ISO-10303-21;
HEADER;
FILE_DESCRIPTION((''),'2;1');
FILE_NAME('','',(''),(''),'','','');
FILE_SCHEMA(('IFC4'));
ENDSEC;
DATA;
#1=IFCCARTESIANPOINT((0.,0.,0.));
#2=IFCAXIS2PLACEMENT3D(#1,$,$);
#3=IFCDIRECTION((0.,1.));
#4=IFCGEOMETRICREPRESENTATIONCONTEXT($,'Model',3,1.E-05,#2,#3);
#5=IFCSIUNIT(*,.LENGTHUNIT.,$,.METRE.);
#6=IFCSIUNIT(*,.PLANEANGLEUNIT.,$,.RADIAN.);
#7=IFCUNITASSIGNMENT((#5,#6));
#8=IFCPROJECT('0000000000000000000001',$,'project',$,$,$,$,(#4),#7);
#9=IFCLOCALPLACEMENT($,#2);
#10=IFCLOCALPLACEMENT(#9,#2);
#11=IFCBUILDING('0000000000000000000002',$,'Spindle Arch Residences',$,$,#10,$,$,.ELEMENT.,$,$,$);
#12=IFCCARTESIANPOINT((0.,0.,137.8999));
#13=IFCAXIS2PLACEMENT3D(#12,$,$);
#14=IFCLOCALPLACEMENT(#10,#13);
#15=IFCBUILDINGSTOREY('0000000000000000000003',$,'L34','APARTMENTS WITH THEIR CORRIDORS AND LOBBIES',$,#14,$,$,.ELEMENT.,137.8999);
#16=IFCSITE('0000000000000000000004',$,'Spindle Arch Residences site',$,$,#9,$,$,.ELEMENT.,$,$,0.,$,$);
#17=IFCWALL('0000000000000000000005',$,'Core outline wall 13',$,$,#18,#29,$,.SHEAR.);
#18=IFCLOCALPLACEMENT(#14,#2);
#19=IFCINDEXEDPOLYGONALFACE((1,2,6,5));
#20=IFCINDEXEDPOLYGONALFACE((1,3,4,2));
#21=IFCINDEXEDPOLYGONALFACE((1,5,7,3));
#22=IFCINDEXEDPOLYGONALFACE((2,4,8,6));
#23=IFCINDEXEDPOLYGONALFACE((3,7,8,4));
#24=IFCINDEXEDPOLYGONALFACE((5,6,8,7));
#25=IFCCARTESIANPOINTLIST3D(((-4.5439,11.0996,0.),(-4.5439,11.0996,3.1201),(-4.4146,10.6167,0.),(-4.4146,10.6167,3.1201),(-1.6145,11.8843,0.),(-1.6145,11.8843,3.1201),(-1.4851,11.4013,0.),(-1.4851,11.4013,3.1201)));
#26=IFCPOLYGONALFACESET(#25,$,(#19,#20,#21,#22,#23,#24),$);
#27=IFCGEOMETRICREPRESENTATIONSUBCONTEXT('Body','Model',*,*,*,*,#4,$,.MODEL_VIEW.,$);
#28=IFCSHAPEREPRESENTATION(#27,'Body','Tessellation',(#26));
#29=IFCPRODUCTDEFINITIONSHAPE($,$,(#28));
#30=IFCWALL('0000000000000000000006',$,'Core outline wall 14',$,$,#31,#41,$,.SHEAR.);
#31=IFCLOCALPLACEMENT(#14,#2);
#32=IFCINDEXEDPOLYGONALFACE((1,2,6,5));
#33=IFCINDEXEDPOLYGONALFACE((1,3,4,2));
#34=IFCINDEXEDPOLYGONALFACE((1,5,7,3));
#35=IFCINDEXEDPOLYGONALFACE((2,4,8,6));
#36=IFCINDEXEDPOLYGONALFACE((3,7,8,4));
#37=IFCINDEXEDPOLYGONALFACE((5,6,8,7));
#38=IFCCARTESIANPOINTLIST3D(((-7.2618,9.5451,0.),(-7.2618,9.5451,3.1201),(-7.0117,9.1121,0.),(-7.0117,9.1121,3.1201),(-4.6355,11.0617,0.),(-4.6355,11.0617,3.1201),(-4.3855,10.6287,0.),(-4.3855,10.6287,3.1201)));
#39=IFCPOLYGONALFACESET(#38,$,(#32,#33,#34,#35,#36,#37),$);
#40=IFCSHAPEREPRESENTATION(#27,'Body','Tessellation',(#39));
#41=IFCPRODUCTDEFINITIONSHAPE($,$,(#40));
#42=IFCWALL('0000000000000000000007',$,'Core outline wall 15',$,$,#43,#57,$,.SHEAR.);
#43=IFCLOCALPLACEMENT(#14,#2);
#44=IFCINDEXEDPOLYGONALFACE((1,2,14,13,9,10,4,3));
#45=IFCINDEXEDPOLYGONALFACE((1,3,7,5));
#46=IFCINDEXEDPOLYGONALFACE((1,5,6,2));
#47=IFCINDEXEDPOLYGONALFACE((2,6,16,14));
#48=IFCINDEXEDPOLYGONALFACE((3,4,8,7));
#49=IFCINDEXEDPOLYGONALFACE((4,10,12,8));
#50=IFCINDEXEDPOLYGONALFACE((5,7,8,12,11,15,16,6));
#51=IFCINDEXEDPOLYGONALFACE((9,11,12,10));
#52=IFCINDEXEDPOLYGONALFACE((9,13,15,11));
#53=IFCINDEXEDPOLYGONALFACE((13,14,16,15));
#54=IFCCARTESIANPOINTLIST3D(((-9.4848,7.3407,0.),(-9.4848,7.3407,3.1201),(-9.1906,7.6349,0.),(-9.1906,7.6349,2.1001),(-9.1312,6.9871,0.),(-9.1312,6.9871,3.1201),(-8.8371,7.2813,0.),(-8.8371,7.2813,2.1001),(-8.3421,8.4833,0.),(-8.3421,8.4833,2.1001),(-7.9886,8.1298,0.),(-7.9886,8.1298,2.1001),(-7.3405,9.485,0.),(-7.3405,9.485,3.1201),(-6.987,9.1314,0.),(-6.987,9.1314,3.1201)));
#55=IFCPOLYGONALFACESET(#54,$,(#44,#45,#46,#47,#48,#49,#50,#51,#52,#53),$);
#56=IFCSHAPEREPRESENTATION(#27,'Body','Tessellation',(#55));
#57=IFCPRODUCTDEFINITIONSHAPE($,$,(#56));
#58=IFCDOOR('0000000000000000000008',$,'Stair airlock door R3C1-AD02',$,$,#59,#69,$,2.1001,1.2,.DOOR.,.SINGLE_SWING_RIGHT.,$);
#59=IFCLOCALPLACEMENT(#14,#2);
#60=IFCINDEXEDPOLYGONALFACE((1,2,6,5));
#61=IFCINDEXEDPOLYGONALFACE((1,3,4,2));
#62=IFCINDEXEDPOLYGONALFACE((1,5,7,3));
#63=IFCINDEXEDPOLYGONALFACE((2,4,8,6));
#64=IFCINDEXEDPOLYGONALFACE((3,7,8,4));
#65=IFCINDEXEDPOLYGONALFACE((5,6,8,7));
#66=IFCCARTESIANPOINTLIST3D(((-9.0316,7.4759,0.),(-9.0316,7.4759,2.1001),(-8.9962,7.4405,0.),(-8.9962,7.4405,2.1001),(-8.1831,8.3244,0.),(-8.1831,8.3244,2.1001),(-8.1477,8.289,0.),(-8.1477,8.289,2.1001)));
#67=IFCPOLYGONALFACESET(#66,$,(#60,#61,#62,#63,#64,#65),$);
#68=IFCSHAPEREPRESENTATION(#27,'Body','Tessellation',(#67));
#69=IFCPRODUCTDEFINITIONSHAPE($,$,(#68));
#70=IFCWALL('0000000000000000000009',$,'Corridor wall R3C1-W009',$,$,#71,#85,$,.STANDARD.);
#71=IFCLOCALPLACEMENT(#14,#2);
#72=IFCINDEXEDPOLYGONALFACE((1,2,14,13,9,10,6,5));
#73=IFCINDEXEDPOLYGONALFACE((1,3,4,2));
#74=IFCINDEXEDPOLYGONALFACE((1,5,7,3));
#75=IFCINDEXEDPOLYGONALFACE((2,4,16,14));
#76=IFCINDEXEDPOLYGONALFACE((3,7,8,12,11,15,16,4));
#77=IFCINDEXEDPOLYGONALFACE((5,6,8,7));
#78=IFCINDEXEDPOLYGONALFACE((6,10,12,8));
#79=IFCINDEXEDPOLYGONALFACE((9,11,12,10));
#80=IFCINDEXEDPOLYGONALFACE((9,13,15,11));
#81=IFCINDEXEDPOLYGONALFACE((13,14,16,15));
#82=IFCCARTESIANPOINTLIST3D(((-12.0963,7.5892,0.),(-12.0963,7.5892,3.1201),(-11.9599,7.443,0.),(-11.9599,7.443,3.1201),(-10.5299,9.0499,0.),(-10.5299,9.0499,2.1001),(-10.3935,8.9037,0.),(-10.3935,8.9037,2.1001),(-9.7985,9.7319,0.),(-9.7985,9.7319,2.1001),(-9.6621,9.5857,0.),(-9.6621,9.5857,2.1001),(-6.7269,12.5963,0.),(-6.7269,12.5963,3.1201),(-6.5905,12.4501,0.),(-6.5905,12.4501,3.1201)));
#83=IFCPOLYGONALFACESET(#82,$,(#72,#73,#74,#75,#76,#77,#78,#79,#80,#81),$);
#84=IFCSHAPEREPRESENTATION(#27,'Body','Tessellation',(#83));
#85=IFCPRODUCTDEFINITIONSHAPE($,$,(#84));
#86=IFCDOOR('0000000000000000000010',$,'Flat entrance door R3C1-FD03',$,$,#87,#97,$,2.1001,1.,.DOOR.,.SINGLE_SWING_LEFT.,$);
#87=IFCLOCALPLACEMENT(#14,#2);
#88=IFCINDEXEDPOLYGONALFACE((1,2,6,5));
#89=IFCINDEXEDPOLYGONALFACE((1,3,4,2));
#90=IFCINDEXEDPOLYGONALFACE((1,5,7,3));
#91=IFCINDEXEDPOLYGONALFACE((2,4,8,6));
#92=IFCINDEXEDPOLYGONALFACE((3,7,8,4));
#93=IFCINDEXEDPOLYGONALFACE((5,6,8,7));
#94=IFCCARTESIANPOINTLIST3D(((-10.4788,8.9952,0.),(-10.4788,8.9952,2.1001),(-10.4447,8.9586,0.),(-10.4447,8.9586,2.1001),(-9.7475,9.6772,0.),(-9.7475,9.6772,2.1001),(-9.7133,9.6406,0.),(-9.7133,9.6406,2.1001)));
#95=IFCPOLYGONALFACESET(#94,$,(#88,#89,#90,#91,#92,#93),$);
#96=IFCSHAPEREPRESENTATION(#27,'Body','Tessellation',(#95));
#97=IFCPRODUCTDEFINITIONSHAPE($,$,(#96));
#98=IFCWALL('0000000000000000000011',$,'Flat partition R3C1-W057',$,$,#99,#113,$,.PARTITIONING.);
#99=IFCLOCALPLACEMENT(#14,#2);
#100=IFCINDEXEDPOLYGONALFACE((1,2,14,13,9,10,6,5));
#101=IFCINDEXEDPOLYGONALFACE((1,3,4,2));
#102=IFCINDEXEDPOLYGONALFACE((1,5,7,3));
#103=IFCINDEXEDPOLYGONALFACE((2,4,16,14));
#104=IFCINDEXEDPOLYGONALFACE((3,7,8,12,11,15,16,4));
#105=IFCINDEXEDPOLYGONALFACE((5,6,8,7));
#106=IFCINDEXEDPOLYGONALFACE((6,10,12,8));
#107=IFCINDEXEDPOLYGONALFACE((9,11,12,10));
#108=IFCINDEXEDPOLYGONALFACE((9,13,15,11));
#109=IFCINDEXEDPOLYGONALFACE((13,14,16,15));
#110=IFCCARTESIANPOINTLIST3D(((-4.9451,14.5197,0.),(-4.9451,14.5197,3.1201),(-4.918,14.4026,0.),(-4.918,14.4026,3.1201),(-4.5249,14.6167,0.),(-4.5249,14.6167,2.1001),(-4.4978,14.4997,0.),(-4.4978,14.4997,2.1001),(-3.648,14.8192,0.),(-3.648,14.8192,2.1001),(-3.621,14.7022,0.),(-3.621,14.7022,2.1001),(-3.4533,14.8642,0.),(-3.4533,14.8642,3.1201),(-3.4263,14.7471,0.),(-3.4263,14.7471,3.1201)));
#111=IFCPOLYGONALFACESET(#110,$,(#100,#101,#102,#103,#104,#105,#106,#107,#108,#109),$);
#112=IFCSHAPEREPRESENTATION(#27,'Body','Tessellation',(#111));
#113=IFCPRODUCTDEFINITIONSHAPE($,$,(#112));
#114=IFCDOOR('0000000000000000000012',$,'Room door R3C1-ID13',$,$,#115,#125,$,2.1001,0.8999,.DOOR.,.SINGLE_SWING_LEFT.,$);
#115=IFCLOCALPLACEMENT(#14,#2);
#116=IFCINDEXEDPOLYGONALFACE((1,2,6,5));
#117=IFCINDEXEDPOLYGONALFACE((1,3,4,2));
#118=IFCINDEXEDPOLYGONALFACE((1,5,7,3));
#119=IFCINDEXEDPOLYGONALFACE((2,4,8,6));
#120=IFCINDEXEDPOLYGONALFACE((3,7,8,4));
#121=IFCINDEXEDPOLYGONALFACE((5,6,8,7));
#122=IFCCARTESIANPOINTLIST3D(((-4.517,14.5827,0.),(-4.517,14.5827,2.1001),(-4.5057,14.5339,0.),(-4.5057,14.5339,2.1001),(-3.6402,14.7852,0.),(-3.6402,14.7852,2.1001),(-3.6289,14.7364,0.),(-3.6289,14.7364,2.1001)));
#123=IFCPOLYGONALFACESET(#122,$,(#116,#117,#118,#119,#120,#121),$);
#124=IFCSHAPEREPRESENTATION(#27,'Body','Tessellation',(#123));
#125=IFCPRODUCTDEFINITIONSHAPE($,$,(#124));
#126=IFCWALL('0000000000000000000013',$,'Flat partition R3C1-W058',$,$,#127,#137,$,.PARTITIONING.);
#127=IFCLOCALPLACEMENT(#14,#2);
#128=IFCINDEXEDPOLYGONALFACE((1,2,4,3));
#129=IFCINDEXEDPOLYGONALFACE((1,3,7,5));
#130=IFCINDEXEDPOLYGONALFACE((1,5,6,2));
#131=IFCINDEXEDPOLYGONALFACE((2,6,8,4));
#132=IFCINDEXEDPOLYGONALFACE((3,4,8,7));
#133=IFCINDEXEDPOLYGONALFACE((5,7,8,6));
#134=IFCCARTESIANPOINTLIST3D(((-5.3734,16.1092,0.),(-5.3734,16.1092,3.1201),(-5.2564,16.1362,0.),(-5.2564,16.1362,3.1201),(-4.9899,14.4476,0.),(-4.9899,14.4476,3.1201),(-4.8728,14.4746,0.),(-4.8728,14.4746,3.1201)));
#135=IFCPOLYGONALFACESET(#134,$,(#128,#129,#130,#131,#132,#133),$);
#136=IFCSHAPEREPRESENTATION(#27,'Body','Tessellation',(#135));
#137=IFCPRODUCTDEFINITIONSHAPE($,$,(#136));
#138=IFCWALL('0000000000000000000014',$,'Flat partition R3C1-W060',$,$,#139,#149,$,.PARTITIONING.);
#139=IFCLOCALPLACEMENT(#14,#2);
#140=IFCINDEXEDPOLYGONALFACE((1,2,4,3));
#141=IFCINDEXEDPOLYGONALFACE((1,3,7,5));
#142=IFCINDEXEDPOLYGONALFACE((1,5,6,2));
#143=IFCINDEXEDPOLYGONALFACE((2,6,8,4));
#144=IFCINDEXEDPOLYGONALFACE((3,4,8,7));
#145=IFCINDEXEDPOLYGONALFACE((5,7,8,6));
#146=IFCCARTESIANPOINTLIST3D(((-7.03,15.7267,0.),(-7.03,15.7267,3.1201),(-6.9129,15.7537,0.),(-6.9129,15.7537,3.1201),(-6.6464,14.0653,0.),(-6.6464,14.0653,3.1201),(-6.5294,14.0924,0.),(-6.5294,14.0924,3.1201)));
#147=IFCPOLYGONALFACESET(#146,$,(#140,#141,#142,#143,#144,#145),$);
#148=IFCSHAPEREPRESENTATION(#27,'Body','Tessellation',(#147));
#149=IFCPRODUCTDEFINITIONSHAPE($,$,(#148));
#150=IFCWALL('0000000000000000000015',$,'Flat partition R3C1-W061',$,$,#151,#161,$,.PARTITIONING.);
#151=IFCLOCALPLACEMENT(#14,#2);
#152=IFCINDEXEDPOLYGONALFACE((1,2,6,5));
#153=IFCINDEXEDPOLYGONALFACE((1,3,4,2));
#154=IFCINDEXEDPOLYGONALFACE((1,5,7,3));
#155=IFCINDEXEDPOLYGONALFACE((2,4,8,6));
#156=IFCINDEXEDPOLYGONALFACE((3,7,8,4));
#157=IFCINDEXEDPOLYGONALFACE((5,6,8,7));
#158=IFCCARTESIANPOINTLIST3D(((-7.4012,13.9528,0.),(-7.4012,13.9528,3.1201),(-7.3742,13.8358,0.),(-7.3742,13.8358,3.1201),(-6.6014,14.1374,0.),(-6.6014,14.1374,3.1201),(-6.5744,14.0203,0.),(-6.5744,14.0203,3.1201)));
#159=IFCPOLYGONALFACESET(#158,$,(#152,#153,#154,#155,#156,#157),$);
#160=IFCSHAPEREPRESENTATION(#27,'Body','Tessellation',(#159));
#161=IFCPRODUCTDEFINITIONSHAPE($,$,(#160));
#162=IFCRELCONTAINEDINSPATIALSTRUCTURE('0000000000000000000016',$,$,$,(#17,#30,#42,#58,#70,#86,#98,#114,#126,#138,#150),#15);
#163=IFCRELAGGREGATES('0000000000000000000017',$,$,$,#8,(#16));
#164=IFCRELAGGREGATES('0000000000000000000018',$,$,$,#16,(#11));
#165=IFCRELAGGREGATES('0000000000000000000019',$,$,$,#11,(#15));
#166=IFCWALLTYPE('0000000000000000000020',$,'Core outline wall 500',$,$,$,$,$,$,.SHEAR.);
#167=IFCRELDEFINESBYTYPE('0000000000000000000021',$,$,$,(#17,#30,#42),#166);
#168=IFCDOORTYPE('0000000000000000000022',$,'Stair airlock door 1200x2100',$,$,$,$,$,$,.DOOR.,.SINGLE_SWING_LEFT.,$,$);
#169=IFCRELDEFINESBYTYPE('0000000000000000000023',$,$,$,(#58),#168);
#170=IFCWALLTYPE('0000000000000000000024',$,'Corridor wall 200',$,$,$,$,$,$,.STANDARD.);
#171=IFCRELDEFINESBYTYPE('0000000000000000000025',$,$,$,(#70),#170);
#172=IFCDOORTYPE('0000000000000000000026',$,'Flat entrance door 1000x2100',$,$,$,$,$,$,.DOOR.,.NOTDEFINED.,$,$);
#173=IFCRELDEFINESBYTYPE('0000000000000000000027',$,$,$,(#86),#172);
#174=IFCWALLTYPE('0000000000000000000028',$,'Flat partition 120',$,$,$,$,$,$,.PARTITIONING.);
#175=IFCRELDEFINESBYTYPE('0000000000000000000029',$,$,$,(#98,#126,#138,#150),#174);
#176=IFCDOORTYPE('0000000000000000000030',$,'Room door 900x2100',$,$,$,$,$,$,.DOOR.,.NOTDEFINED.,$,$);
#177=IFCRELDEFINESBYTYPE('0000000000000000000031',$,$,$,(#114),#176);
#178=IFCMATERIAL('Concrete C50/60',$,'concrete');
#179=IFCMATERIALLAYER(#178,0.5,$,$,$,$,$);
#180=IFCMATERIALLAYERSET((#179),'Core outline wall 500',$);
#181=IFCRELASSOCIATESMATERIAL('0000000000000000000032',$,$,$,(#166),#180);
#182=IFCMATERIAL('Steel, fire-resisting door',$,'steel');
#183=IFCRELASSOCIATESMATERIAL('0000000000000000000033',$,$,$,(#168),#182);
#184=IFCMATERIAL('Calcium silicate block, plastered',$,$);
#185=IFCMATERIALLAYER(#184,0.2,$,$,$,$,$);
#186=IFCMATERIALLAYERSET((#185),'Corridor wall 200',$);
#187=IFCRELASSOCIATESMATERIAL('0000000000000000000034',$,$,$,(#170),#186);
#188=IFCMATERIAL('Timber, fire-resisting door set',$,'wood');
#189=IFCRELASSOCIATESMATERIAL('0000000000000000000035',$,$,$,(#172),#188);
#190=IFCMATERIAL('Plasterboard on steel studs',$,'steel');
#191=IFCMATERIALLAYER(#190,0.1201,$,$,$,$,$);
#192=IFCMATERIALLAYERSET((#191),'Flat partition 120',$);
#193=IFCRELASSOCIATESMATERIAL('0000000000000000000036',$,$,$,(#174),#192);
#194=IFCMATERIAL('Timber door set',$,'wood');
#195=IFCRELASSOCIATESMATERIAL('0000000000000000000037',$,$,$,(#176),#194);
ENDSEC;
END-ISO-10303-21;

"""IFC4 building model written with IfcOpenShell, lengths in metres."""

from ifc_helpers import new_model, si_unit, direction, frame, frame_2d, origin, place, context, subcontext, project, spatial, rectangle, extrude, material, layer, layer_set, type_object, element, fill, save


model = new_model("IFC4")

# Units and contexts
model_context = context("Model", 3, precision=1e-05, world=origin(), true_north=direction((0.0, 1.0)))
body_context = subcontext(model_context, "Body", "Model", "MODEL_VIEW")
ifc_project = project(units=[si_unit("LENGTHUNIT", "METRE"), si_unit("PLANEANGLEUNIT", "RADIAN")], contexts=[model_context])

# Site, building, storey
site_placement = place(None, origin())
site = spatial("IfcSite", under=ifc_project, at=site_placement, Name="Spindle Arch Residences site", CompositionType="ELEMENT", RefElevation=0.0)
building_placement = place(site_placement, origin())
building = spatial("IfcBuilding", under=site, at=building_placement, Name="Spindle Arch Residences", CompositionType="ELEMENT")
storey_placement = place(building_placement, frame((0.0, 0.0, 137.8999)))
storey = spatial("IfcBuildingStorey", under=building, at=storey_placement, Name="L34", Description="APARTMENTS WITH THEIR CORRIDORS AND LOBBIES", CompositionType="ELEMENT", Elevation=137.8999)

# Walls
ifc_material_1 = material(Name="Concrete C50/60", Category="concrete")
ifc_layer_1 = layer(ifc_material_1, 0.5)
ifc_layer_set_1 = layer_set([ifc_layer_1], Name="Core outline wall 500")
wall_type_1 = type_object("IfcWallType", Name="Core outline wall 500", PredefinedType="SHEAR", material=ifc_layer_set_1)
for number, where, z_axis, x_axis, name in (
    (1, (-1.5498, 11.6428, 0.0), (0.0, 0.0, 1.0), (-0.965948, -0.258735, 0.0), "Core outline wall 13"),
    (2, (-4.5105, 10.8452, 0.0), (0.0, 0.0, 1.0), (-0.865975, -0.500087, 0.0), "Core outline wall 14"),
):
    element("IfcWall", number, at=place(storey_placement, frame(where, z_axis=z_axis, x_axis=x_axis)), inside=storey, type_object=wall_type_1, Name=name, PredefinedType="SHEAR", context=body_context, shape_type="SweptSolid", body=[
        extrude(rectangle(XDim=3.0327, YDim=0.5, at=frame_2d((1.5164, 0.0))), origin(), (0.0, 0.0, 1.0), 3.1201),
    ])

# Walls, openings, doors
wall_1_placement = place(storey_placement, frame((-7.1638, 9.3081, 0.0), z_axis=(0.0, 0.0, 1.0), x_axis=(-0.707107, -0.707107, 0.0)))
wall_1 = element("IfcWall", 3, at=wall_1_placement, inside=storey, type_object=wall_type_1, Name="Core outline wall 15", PredefinedType="SHEAR", context=body_context, shape_type="SweptSolid", body=[
    extrude(rectangle(XDim=3.0325, YDim=0.5, at=frame_2d((1.5161, 0.0))), origin(), (0.0, 0.0, 1.0), 3.1201),
])
opening_1_placement = place(wall_1_placement, frame((1.4163, 0.0, 0.0)))
opening_1 = element("IfcOpeningElement", 4, at=opening_1_placement, cuts=wall_1, PredefinedType="OPENING", context=body_context, shape_type="SweptSolid", body=[
    extrude(rectangle(XDim=1.2, YDim=2.1001, at=frame_2d((0.6001, 1.05))), frame((0.0, 0.26, 0.0), z_axis=(0.0, -1.0, 0.0), x_axis=(1.0, 0.0, 0.0)), (0.0, 0.0, 1.0), 0.52),
])
ifc_material_2 = material(Name="Steel, fire-resisting door", Category="steel")
door_type_1 = type_object("IfcDoorType", Name="Stair airlock door 1200x2100", OperationType="SINGLE_SWING_LEFT", PredefinedType="DOOR", material=ifc_material_2)
door_1_placement = place(opening_1_placement, origin())
door_1 = element("IfcDoor", 5, at=door_1_placement, inside=storey, type_object=door_type_1, Name="Stair airlock door R3C1-AD02", OperationType="SINGLE_SWING_RIGHT", OverallHeight=2.1001, OverallWidth=1.2, PredefinedType="DOOR", context=body_context, shape_type="SweptSolid", body=[
    extrude(rectangle(XDim=1.2, YDim=2.1001, at=frame_2d((0.6001, 1.05))), frame((0.0, 0.0249, 0.0), z_axis=(0.0, -1.0, 0.0), x_axis=(1.0, 0.0, 0.0)), (0.0, 0.0, 1.0), 0.05),
])
fill(opening_1, door_1)
ifc_material_3 = material(Name="Calcium silicate block, plastered")
ifc_layer_2 = layer(ifc_material_3, 0.2)
ifc_layer_set_2 = layer_set([ifc_layer_2], Name="Corridor wall 200")
wall_type_2 = type_object("IfcWallType", Name="Corridor wall 200", PredefinedType="STANDARD", material=ifc_layer_set_2)
wall_2_placement = place(storey_placement, frame((-6.6587, 12.5232, 0.0), z_axis=(0.0, 0.0, 1.0), x_axis=(-0.73135, -0.682002, 0.0)))
wall_2 = element("IfcWall", 6, at=wall_2_placement, inside=storey, type_object=wall_type_2, Name="Corridor wall R3C1-W009", PredefinedType="STANDARD", context=body_context, shape_type="SweptSolid", body=[
    extrude(rectangle(XDim=7.3418, YDim=0.2, at=frame_2d((3.6709, 0.0))), origin(), (0.0, 0.0, 1.0), 3.1201),
])
opening_2_placement = place(wall_2_placement, frame((4.2, 0.0, 0.0)))
opening_2 = element("IfcOpeningElement", 7, at=opening_2_placement, cuts=wall_2, PredefinedType="OPENING", context=body_context, shape_type="SweptSolid", body=[
    extrude(rectangle(XDim=1.0, YDim=2.1001, at=frame_2d((0.5, 1.05))), frame((0.0, 0.1099, 0.0), z_axis=(0.0, -1.0, 0.0), x_axis=(1.0, 0.0, 0.0)), (0.0, 0.0, 1.0), 0.22),
])
ifc_material_4 = material(Name="Timber, fire-resisting door set", Category="wood")
door_type_2 = type_object("IfcDoorType", Name="Flat entrance door 1000x2100", OperationType="NOTDEFINED", PredefinedType="DOOR", material=ifc_material_4)
door_2_placement = place(opening_2_placement, origin())
door_2 = element("IfcDoor", 8, at=door_2_placement, inside=storey, type_object=door_type_2, Name="Flat entrance door R3C1-FD03", OperationType="SINGLE_SWING_LEFT", OverallHeight=2.1001, OverallWidth=1.0, PredefinedType="DOOR", context=body_context, shape_type="SweptSolid", body=[
    extrude(rectangle(XDim=1.0, YDim=2.1001, at=frame_2d((0.5, 1.05))), frame((0.0, 0.0249, 0.0), z_axis=(0.0, -1.0, 0.0), x_axis=(1.0, 0.0, 0.0)), (0.0, 0.0, 1.0), 0.05),
])
fill(opening_2, door_2)
ifc_material_5 = material(Name="Plasterboard on steel studs", Category="steel")
ifc_layer_3 = layer(ifc_material_5, 0.1201)
ifc_layer_set_3 = layer_set([ifc_layer_3], Name="Flat partition 120")
wall_type_3 = type_object("IfcWallType", Name="Flat partition 120", PredefinedType="PARTITIONING", material=ifc_layer_set_3)
wall_3_placement = place(storey_placement, frame((-3.4397, 14.8057, 0.0), z_axis=(0.0, 0.0, 1.0), x_axis=(-0.974356, -0.225011, 0.0)))
wall_3 = element("IfcWall", 9, at=wall_3_placement, inside=storey, type_object=wall_type_3, Name="Flat partition R3C1-W057", PredefinedType="PARTITIONING", context=body_context, shape_type="SweptSolid", body=[
    extrude(rectangle(XDim=1.531, YDim=0.1201, at=frame_2d((0.7656, 0.0))), origin(), (0.0, 0.0, 1.0), 3.1201),
])
opening_3_placement = place(wall_3_placement, frame((0.2, 0.0, 0.0)))
opening_3 = element("IfcOpeningElement", 10, at=opening_3_placement, cuts=wall_3, PredefinedType="OPENING", context=body_context, shape_type="SweptSolid", body=[
    extrude(rectangle(XDim=0.8999, YDim=2.1001, at=frame_2d((0.45, 1.05))), frame((0.0, 0.0701, 0.0), z_axis=(0.0, -1.0, 0.0), x_axis=(1.0, 0.0, 0.0)), (0.0, 0.0, 1.0), 0.1401),
])
ifc_material_6 = material(Name="Timber door set", Category="wood")
door_type_3 = type_object("IfcDoorType", Name="Room door 900x2100", OperationType="NOTDEFINED", PredefinedType="DOOR", material=ifc_material_6)
door_3_placement = place(opening_3_placement, origin())
door_3 = element("IfcDoor", 11, at=door_3_placement, inside=storey, type_object=door_type_3, Name="Room door R3C1-ID13", OperationType="SINGLE_SWING_LEFT", OverallHeight=2.1001, OverallWidth=0.8999, PredefinedType="DOOR", context=body_context, shape_type="SweptSolid", body=[
    extrude(rectangle(XDim=0.8999, YDim=2.1001, at=frame_2d((0.45, 1.05))), frame((0.0, 0.0249, 0.0), z_axis=(0.0, -1.0, 0.0), x_axis=(1.0, 0.0, 0.0)), (0.0, 0.0, 1.0), 0.05),
])
fill(opening_3, door_3)

# Walls
wall_4_placement = place(storey_placement, frame((-4.9314, 14.4612, 0.0), z_axis=(0.0, 0.0, 1.0), x_axis=(-0.224912, 0.974379, 0.0)))
element("IfcWall", 12, at=wall_4_placement, inside=storey, type_object=wall_type_3, Name="Flat partition R3C1-W058", PredefinedType="PARTITIONING", context=body_context, shape_type="SweptSolid", body=[
    extrude(rectangle(XDim=1.7053, YDim=0.1201, at=frame_2d((0.8525, 0.0))), origin(), (0.0, 0.0, 1.0), 3.1201),
])
wall_5_placement = place(storey_placement, frame((-6.9714, 15.7402, 0.0), z_axis=(0.0, 0.0, 1.0), x_axis=(0.224943, -0.974372, 0.0)))
element("IfcWall", 13, at=wall_5_placement, inside=storey, type_object=wall_type_3, Name="Flat partition R3C1-W060", PredefinedType="PARTITIONING", context=body_context, shape_type="SweptSolid", body=[
    extrude(rectangle(XDim=1.7051, YDim=0.1201, at=frame_2d((0.8525, 0.0))), origin(), (0.0, 0.0, 1.0), 3.1201),
])
wall_6_placement = place(storey_placement, frame((-6.5879, 14.0789, 0.0), z_axis=(0.0, 0.0, 1.0), x_axis=(-0.974391, -0.22486, 0.0)))
element("IfcWall", 14, at=wall_6_placement, inside=storey, type_object=wall_type_3, Name="Flat partition R3C1-W061", PredefinedType="PARTITIONING", context=body_context, shape_type="SweptSolid", body=[
    extrude(rectangle(XDim=0.8208, YDim=0.1201, at=frame_2d((0.4104, 0.0))), origin(), (0.0, 0.0, 1.0), 3.1201),
])

save(model, "model.ifc")
